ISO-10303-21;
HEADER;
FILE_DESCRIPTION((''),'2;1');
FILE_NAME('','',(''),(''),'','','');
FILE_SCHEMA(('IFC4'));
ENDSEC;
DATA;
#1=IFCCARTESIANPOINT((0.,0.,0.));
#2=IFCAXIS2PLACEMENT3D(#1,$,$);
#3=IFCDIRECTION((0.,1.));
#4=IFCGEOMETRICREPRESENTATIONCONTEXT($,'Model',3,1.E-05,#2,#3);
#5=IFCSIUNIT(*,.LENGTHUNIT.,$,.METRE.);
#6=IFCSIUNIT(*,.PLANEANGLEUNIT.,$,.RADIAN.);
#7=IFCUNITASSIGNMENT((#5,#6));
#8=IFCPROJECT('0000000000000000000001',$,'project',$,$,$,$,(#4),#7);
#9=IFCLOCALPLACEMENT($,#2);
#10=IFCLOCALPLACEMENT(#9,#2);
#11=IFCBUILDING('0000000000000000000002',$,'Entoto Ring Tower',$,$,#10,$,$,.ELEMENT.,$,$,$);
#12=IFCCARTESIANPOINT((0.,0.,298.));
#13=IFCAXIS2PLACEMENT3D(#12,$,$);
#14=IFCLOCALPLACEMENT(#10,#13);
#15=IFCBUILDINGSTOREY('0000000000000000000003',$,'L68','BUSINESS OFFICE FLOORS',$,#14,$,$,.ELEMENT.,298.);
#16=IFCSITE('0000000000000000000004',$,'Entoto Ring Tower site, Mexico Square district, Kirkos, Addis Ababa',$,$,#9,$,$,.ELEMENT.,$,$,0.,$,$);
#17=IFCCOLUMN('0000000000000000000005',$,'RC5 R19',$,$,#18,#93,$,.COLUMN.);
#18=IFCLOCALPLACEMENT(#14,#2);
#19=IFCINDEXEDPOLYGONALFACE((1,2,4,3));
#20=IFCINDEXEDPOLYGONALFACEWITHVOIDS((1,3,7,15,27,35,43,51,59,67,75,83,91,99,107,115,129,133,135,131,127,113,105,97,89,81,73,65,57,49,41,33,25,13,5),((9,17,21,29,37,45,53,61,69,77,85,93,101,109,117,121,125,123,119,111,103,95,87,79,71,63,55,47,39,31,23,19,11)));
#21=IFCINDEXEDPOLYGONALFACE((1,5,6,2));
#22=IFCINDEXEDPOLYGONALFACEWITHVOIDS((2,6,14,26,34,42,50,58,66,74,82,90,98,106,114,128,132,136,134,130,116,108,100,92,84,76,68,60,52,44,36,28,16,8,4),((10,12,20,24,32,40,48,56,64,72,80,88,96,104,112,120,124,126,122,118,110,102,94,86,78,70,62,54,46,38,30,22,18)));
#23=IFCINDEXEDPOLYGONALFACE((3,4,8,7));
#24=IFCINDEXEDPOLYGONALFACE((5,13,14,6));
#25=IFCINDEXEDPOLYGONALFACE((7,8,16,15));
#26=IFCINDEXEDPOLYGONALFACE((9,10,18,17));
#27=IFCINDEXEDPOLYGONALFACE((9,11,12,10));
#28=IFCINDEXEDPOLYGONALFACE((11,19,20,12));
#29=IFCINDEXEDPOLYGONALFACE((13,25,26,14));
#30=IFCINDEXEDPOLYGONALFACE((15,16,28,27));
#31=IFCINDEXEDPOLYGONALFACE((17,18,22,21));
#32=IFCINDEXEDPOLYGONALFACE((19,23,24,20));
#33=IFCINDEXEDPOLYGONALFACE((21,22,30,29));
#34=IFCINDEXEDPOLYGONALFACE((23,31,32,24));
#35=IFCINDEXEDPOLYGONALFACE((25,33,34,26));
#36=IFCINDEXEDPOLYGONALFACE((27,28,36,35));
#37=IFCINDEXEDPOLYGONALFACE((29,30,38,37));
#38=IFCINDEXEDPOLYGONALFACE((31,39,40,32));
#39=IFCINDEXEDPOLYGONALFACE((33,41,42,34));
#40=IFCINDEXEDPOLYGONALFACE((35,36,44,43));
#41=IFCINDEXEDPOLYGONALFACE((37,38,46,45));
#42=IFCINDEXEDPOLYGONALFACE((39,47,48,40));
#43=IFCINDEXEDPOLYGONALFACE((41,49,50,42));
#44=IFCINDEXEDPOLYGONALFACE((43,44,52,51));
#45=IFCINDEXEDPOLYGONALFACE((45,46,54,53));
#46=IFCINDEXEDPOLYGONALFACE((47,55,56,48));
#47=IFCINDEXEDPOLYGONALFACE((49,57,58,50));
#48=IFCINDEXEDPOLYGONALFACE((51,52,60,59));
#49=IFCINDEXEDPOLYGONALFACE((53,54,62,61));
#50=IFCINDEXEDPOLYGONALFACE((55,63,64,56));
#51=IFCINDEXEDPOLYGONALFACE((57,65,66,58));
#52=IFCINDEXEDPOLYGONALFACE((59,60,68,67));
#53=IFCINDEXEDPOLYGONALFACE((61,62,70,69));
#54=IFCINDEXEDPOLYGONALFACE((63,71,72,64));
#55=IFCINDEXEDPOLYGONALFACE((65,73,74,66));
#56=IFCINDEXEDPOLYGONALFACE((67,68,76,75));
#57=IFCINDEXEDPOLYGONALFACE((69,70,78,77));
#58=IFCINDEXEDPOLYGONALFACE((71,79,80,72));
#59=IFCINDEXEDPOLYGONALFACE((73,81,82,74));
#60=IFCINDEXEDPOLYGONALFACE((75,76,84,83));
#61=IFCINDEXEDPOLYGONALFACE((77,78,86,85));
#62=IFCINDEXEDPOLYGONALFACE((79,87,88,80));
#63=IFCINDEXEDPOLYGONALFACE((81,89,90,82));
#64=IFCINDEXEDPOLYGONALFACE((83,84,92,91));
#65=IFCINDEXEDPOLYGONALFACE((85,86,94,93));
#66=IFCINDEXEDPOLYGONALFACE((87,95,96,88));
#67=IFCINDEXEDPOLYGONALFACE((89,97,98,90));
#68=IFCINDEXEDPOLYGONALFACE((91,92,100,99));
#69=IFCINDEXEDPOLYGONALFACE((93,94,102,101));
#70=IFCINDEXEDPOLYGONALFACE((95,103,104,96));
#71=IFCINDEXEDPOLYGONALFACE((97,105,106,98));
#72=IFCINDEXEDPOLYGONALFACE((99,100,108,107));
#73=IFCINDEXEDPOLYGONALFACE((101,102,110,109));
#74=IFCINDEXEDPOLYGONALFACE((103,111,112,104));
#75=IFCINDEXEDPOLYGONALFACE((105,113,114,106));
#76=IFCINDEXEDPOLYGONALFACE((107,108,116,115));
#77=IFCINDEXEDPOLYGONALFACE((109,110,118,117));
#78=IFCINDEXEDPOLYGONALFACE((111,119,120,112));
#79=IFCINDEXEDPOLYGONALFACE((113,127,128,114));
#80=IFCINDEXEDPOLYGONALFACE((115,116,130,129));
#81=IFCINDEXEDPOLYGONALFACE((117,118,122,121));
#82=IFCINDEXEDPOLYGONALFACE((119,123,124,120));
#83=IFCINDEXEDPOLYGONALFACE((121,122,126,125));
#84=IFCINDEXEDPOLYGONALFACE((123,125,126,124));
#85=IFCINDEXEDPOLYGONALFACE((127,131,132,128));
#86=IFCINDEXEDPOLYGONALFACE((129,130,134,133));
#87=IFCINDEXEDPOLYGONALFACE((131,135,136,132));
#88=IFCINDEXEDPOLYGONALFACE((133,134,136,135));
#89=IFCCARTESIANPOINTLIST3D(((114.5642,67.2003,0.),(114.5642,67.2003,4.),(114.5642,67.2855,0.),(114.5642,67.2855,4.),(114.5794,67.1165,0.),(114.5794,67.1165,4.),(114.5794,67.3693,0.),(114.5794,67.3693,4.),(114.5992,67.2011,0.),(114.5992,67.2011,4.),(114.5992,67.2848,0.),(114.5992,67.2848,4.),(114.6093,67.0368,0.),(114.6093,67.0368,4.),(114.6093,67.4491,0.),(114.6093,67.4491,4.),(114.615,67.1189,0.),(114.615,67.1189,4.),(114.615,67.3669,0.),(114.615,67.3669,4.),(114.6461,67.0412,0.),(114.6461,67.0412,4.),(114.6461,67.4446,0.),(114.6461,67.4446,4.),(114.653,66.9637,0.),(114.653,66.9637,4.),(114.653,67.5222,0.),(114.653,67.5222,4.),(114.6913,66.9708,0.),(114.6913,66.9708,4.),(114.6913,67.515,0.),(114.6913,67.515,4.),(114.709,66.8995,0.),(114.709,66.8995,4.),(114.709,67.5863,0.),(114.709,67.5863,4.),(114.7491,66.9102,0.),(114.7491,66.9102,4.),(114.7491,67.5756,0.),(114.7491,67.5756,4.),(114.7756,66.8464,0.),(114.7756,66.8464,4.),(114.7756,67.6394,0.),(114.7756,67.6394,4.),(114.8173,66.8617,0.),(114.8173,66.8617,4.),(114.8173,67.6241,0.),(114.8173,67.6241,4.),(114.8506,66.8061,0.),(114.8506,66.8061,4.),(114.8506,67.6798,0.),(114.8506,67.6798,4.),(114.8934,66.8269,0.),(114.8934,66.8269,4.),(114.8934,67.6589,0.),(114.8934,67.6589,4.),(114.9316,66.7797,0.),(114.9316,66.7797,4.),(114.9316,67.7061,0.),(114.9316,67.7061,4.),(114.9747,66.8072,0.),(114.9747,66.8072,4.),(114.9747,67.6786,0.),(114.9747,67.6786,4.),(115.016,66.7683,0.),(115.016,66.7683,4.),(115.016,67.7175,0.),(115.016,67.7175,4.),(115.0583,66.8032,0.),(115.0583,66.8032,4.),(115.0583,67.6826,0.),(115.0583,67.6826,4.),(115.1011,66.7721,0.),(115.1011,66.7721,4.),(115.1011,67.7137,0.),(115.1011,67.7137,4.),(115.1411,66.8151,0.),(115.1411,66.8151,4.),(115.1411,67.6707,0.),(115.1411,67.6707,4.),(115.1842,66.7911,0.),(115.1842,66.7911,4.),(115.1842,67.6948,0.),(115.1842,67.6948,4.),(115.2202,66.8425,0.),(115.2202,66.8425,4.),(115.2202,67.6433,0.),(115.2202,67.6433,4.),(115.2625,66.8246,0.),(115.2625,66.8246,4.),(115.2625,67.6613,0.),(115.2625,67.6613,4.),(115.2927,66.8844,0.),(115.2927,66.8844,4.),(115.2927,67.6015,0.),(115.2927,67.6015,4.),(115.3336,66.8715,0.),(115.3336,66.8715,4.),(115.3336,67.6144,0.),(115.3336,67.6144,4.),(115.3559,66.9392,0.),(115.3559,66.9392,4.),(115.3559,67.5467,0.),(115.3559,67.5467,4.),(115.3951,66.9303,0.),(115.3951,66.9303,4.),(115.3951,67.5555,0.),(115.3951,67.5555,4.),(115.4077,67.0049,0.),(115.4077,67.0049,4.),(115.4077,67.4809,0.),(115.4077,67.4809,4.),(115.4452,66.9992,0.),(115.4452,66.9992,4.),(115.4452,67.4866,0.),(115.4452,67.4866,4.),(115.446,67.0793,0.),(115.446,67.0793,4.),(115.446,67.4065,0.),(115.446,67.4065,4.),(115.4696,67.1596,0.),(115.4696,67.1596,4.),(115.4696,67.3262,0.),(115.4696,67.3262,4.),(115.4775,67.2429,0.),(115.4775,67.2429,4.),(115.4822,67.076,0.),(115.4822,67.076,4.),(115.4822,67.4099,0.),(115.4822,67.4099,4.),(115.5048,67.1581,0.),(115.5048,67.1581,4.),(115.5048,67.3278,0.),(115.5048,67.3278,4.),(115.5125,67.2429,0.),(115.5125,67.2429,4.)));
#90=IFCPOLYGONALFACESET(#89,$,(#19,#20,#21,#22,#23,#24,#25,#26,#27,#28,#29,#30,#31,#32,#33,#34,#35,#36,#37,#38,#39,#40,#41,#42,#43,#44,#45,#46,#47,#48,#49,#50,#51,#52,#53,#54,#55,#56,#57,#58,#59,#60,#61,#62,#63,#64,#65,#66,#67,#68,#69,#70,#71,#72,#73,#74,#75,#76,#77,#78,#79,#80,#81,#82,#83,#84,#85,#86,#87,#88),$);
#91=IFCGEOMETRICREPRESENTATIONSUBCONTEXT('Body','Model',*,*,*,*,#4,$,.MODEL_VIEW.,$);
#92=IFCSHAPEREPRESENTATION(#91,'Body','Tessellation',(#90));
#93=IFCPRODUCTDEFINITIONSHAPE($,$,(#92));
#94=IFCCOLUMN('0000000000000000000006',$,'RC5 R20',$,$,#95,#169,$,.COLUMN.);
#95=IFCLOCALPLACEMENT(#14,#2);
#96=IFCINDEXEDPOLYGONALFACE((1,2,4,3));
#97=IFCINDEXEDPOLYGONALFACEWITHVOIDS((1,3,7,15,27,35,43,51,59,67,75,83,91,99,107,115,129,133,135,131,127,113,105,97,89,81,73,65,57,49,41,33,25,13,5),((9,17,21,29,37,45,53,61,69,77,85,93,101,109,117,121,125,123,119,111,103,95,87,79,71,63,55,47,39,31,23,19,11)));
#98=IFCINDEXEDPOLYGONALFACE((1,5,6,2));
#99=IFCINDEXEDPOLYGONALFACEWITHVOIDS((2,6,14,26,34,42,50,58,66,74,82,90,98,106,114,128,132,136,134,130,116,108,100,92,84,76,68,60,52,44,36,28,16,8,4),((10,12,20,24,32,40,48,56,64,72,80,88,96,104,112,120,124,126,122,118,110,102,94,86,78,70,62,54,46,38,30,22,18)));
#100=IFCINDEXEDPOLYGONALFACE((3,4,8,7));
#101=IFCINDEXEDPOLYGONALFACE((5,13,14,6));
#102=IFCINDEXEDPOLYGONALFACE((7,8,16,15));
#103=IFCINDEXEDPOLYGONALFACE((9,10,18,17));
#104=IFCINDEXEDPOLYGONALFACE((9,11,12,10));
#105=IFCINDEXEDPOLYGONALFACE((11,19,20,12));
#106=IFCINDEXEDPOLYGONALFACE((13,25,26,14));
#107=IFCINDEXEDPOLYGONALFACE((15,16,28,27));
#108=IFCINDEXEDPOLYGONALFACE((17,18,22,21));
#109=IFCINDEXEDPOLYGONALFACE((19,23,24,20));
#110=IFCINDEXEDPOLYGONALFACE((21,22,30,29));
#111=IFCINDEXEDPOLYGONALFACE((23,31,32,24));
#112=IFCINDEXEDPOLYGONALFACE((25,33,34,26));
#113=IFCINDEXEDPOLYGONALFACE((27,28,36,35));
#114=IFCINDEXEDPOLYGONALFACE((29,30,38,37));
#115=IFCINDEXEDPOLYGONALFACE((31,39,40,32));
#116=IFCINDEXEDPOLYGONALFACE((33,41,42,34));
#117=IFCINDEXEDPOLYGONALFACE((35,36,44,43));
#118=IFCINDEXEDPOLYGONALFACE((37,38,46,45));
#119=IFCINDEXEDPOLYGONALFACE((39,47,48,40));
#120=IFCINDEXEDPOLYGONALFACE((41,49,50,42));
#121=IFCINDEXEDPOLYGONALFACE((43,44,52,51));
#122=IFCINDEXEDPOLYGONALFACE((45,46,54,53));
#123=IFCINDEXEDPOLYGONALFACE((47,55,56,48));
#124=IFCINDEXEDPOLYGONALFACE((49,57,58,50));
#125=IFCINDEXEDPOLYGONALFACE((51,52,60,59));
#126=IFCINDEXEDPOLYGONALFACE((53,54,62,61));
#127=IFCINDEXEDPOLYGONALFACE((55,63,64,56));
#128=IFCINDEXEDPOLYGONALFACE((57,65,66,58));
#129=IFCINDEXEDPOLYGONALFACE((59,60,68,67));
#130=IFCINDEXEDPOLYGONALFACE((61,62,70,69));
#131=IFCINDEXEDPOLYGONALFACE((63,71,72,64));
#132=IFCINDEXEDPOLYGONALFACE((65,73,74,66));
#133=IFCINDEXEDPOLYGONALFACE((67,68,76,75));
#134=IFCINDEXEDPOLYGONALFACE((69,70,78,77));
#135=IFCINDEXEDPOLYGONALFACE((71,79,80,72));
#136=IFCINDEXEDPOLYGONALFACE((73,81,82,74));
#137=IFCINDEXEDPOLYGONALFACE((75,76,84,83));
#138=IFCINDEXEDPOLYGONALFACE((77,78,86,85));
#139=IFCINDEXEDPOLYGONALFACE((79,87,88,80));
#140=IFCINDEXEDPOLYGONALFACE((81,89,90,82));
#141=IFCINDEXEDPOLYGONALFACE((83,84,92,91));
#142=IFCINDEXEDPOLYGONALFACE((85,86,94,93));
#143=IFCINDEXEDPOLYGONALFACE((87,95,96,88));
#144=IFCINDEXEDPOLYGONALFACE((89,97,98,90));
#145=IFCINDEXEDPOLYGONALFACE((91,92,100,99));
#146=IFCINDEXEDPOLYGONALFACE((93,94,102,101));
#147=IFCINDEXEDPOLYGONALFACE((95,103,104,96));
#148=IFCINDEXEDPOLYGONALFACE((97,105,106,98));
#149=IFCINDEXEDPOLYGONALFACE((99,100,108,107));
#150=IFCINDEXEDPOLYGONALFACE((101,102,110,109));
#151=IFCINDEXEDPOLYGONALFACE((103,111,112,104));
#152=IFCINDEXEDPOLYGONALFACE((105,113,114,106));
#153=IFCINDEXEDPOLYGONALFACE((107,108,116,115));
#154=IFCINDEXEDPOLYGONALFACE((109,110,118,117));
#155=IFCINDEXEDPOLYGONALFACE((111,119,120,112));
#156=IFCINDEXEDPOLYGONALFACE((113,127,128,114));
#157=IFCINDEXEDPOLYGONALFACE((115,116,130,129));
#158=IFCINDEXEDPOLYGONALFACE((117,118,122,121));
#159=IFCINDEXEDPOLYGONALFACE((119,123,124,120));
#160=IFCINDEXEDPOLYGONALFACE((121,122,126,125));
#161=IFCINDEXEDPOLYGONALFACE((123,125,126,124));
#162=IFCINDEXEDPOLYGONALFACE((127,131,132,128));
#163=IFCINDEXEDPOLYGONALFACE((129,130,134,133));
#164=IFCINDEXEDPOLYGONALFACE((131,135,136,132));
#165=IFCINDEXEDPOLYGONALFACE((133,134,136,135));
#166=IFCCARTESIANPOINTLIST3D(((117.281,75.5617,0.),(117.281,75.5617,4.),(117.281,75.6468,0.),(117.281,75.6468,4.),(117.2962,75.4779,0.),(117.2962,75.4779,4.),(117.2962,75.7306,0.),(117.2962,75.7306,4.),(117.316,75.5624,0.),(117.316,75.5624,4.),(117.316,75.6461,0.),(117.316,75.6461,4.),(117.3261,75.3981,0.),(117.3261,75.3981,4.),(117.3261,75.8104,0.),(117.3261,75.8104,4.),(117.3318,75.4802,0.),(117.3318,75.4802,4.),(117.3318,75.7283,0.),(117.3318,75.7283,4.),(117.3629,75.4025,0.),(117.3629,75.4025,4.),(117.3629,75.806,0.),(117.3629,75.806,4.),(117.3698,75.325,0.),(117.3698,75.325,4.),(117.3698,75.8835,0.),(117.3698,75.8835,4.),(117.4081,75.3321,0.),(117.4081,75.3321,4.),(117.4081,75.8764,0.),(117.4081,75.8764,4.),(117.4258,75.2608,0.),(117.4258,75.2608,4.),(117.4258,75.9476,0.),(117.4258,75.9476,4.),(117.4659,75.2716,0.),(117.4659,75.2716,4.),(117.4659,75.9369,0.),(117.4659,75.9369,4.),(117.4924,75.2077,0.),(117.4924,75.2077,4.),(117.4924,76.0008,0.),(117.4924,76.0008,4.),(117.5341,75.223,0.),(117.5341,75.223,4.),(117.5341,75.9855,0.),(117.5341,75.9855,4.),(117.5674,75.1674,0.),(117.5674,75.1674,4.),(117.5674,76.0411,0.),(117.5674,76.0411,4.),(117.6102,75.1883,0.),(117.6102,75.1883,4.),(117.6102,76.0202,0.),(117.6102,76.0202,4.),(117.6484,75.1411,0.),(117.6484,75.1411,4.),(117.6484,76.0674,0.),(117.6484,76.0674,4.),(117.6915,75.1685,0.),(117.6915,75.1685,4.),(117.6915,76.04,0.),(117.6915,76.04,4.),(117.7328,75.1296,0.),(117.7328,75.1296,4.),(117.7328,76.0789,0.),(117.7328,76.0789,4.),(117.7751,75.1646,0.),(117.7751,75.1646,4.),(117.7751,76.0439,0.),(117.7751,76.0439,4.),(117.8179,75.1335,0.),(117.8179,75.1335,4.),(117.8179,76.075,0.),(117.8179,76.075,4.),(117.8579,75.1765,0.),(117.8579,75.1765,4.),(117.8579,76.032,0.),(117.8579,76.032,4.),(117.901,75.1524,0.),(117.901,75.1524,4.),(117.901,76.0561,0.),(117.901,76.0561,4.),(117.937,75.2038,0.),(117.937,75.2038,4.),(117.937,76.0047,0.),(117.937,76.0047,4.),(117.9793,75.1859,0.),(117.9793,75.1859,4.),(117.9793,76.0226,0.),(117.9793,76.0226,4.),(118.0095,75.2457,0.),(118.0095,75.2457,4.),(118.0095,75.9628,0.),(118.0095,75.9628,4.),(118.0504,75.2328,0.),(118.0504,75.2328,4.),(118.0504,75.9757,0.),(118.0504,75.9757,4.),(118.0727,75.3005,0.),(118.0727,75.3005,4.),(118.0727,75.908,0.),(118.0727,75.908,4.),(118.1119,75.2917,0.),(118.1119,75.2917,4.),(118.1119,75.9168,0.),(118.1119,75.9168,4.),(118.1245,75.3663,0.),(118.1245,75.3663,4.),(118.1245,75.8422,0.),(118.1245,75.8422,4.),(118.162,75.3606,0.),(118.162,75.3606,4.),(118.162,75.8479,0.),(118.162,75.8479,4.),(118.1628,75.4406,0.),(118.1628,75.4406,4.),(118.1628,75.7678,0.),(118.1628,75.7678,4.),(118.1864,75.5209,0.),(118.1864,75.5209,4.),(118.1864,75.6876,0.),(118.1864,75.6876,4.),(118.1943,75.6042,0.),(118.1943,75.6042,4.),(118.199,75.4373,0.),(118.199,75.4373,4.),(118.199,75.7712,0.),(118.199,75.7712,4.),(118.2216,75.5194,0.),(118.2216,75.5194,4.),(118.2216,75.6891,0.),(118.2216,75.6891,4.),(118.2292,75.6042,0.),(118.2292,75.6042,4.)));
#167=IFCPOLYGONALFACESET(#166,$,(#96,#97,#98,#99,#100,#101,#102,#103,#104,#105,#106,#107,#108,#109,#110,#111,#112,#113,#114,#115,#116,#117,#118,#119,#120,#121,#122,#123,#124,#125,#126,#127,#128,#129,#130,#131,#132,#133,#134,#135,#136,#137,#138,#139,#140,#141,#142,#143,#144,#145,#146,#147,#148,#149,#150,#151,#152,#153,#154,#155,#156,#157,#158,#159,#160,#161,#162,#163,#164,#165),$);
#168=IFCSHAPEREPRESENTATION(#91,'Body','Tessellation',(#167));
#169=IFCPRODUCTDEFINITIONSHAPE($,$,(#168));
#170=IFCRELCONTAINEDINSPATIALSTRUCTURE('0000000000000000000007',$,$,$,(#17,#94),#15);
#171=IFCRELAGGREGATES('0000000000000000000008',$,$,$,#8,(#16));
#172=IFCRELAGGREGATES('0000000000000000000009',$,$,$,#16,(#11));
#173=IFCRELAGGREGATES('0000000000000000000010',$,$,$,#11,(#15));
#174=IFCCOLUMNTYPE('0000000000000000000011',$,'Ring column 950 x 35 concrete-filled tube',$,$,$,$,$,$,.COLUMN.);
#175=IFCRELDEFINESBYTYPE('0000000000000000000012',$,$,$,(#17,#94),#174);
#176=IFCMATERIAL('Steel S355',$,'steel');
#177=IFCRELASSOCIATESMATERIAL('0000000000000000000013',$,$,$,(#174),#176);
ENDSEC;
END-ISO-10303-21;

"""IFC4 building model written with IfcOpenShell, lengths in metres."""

from ifc_helpers import new_model, si_unit, direction, frame, origin, origin_2d, place, context, subcontext, project, spatial, circle, hollow_circle, extrude, material, material_profile, profile_set, type_object, element, save


model = new_model("IFC4")

# Units and contexts
model_context = context("Model", 3, precision=1e-05, world=origin(), true_north=direction((0.0, 1.0)))
body_context = subcontext(model_context, "Body", "Model", "MODEL_VIEW")
ifc_project = project(units=[si_unit("LENGTHUNIT", "METRE"), si_unit("PLANEANGLEUNIT", "RADIAN")], contexts=[model_context])

# Site, building, storey
site_placement = place(None, origin())
site = spatial("IfcSite", under=ifc_project, at=site_placement, Name="Entoto Ring Tower site, Mexico Square district, Kirkos, Addis Ababa", CompositionType="ELEMENT", RefElevation=0.0)
building_placement = place(site_placement, origin())
building = spatial("IfcBuilding", under=site, at=building_placement, Name="Entoto Ring Tower", CompositionType="ELEMENT")
storey_placement = place(building_placement, frame((0.0, 0.0, 298.0)))
storey = spatial("IfcBuildingStorey", under=building, at=storey_placement, Name="L68", Description="BUSINESS OFFICE FLOORS", CompositionType="ELEMENT", Elevation=298.0)

# Columns
ifc_material_1 = material(Name="Steel S355", Category="steel")
ifc_material_profile_1 = material_profile(ifc_material_1, hollow_circle(Radius=0.4751, WallThickness=0.0349, at=origin_2d()), Name="CHS 950 x 35")
ifc_material_2 = material(Name="Concrete C60/75", Category="concrete")
ifc_material_profile_2 = material_profile(ifc_material_2, circle(Radius=0.4399, at=origin_2d()), Name="Concrete C60/75 infill")
ifc_profile_set_1 = profile_set([ifc_material_profile_1, ifc_material_profile_2], Name="Steel S355")
column_type = type_object("IfcColumnType", Name="Ring column 950 x 35 concrete-filled tube", PredefinedType="COLUMN", material=ifc_profile_set_1)
for number, where, z_axis, x_axis, name in (
    (1, (115.0374, 67.2429, 0.0), (0.0, 0.0, 1.0), (1.0, 0.0, 0.0), "RC5 R19"),
    (2, (117.7542, 75.6042, 0.0), (0.0, 0.0, 1.0), (1.0, 0.0, 0.0), "RC5 R20"),
):
    element("IfcColumn", number, at=place(storey_placement, frame(where, z_axis=z_axis, x_axis=x_axis)), inside=storey, type_object=column_type, Name=name, PredefinedType="COLUMN", context=body_context, shape_type="SweptSolid", body=[
        extrude(hollow_circle(Radius=0.4751, WallThickness=0.0349, at=origin_2d()), origin(), (0.0, 0.0, 1.0), 4.0),
    ])

save(model, "model.ifc")
